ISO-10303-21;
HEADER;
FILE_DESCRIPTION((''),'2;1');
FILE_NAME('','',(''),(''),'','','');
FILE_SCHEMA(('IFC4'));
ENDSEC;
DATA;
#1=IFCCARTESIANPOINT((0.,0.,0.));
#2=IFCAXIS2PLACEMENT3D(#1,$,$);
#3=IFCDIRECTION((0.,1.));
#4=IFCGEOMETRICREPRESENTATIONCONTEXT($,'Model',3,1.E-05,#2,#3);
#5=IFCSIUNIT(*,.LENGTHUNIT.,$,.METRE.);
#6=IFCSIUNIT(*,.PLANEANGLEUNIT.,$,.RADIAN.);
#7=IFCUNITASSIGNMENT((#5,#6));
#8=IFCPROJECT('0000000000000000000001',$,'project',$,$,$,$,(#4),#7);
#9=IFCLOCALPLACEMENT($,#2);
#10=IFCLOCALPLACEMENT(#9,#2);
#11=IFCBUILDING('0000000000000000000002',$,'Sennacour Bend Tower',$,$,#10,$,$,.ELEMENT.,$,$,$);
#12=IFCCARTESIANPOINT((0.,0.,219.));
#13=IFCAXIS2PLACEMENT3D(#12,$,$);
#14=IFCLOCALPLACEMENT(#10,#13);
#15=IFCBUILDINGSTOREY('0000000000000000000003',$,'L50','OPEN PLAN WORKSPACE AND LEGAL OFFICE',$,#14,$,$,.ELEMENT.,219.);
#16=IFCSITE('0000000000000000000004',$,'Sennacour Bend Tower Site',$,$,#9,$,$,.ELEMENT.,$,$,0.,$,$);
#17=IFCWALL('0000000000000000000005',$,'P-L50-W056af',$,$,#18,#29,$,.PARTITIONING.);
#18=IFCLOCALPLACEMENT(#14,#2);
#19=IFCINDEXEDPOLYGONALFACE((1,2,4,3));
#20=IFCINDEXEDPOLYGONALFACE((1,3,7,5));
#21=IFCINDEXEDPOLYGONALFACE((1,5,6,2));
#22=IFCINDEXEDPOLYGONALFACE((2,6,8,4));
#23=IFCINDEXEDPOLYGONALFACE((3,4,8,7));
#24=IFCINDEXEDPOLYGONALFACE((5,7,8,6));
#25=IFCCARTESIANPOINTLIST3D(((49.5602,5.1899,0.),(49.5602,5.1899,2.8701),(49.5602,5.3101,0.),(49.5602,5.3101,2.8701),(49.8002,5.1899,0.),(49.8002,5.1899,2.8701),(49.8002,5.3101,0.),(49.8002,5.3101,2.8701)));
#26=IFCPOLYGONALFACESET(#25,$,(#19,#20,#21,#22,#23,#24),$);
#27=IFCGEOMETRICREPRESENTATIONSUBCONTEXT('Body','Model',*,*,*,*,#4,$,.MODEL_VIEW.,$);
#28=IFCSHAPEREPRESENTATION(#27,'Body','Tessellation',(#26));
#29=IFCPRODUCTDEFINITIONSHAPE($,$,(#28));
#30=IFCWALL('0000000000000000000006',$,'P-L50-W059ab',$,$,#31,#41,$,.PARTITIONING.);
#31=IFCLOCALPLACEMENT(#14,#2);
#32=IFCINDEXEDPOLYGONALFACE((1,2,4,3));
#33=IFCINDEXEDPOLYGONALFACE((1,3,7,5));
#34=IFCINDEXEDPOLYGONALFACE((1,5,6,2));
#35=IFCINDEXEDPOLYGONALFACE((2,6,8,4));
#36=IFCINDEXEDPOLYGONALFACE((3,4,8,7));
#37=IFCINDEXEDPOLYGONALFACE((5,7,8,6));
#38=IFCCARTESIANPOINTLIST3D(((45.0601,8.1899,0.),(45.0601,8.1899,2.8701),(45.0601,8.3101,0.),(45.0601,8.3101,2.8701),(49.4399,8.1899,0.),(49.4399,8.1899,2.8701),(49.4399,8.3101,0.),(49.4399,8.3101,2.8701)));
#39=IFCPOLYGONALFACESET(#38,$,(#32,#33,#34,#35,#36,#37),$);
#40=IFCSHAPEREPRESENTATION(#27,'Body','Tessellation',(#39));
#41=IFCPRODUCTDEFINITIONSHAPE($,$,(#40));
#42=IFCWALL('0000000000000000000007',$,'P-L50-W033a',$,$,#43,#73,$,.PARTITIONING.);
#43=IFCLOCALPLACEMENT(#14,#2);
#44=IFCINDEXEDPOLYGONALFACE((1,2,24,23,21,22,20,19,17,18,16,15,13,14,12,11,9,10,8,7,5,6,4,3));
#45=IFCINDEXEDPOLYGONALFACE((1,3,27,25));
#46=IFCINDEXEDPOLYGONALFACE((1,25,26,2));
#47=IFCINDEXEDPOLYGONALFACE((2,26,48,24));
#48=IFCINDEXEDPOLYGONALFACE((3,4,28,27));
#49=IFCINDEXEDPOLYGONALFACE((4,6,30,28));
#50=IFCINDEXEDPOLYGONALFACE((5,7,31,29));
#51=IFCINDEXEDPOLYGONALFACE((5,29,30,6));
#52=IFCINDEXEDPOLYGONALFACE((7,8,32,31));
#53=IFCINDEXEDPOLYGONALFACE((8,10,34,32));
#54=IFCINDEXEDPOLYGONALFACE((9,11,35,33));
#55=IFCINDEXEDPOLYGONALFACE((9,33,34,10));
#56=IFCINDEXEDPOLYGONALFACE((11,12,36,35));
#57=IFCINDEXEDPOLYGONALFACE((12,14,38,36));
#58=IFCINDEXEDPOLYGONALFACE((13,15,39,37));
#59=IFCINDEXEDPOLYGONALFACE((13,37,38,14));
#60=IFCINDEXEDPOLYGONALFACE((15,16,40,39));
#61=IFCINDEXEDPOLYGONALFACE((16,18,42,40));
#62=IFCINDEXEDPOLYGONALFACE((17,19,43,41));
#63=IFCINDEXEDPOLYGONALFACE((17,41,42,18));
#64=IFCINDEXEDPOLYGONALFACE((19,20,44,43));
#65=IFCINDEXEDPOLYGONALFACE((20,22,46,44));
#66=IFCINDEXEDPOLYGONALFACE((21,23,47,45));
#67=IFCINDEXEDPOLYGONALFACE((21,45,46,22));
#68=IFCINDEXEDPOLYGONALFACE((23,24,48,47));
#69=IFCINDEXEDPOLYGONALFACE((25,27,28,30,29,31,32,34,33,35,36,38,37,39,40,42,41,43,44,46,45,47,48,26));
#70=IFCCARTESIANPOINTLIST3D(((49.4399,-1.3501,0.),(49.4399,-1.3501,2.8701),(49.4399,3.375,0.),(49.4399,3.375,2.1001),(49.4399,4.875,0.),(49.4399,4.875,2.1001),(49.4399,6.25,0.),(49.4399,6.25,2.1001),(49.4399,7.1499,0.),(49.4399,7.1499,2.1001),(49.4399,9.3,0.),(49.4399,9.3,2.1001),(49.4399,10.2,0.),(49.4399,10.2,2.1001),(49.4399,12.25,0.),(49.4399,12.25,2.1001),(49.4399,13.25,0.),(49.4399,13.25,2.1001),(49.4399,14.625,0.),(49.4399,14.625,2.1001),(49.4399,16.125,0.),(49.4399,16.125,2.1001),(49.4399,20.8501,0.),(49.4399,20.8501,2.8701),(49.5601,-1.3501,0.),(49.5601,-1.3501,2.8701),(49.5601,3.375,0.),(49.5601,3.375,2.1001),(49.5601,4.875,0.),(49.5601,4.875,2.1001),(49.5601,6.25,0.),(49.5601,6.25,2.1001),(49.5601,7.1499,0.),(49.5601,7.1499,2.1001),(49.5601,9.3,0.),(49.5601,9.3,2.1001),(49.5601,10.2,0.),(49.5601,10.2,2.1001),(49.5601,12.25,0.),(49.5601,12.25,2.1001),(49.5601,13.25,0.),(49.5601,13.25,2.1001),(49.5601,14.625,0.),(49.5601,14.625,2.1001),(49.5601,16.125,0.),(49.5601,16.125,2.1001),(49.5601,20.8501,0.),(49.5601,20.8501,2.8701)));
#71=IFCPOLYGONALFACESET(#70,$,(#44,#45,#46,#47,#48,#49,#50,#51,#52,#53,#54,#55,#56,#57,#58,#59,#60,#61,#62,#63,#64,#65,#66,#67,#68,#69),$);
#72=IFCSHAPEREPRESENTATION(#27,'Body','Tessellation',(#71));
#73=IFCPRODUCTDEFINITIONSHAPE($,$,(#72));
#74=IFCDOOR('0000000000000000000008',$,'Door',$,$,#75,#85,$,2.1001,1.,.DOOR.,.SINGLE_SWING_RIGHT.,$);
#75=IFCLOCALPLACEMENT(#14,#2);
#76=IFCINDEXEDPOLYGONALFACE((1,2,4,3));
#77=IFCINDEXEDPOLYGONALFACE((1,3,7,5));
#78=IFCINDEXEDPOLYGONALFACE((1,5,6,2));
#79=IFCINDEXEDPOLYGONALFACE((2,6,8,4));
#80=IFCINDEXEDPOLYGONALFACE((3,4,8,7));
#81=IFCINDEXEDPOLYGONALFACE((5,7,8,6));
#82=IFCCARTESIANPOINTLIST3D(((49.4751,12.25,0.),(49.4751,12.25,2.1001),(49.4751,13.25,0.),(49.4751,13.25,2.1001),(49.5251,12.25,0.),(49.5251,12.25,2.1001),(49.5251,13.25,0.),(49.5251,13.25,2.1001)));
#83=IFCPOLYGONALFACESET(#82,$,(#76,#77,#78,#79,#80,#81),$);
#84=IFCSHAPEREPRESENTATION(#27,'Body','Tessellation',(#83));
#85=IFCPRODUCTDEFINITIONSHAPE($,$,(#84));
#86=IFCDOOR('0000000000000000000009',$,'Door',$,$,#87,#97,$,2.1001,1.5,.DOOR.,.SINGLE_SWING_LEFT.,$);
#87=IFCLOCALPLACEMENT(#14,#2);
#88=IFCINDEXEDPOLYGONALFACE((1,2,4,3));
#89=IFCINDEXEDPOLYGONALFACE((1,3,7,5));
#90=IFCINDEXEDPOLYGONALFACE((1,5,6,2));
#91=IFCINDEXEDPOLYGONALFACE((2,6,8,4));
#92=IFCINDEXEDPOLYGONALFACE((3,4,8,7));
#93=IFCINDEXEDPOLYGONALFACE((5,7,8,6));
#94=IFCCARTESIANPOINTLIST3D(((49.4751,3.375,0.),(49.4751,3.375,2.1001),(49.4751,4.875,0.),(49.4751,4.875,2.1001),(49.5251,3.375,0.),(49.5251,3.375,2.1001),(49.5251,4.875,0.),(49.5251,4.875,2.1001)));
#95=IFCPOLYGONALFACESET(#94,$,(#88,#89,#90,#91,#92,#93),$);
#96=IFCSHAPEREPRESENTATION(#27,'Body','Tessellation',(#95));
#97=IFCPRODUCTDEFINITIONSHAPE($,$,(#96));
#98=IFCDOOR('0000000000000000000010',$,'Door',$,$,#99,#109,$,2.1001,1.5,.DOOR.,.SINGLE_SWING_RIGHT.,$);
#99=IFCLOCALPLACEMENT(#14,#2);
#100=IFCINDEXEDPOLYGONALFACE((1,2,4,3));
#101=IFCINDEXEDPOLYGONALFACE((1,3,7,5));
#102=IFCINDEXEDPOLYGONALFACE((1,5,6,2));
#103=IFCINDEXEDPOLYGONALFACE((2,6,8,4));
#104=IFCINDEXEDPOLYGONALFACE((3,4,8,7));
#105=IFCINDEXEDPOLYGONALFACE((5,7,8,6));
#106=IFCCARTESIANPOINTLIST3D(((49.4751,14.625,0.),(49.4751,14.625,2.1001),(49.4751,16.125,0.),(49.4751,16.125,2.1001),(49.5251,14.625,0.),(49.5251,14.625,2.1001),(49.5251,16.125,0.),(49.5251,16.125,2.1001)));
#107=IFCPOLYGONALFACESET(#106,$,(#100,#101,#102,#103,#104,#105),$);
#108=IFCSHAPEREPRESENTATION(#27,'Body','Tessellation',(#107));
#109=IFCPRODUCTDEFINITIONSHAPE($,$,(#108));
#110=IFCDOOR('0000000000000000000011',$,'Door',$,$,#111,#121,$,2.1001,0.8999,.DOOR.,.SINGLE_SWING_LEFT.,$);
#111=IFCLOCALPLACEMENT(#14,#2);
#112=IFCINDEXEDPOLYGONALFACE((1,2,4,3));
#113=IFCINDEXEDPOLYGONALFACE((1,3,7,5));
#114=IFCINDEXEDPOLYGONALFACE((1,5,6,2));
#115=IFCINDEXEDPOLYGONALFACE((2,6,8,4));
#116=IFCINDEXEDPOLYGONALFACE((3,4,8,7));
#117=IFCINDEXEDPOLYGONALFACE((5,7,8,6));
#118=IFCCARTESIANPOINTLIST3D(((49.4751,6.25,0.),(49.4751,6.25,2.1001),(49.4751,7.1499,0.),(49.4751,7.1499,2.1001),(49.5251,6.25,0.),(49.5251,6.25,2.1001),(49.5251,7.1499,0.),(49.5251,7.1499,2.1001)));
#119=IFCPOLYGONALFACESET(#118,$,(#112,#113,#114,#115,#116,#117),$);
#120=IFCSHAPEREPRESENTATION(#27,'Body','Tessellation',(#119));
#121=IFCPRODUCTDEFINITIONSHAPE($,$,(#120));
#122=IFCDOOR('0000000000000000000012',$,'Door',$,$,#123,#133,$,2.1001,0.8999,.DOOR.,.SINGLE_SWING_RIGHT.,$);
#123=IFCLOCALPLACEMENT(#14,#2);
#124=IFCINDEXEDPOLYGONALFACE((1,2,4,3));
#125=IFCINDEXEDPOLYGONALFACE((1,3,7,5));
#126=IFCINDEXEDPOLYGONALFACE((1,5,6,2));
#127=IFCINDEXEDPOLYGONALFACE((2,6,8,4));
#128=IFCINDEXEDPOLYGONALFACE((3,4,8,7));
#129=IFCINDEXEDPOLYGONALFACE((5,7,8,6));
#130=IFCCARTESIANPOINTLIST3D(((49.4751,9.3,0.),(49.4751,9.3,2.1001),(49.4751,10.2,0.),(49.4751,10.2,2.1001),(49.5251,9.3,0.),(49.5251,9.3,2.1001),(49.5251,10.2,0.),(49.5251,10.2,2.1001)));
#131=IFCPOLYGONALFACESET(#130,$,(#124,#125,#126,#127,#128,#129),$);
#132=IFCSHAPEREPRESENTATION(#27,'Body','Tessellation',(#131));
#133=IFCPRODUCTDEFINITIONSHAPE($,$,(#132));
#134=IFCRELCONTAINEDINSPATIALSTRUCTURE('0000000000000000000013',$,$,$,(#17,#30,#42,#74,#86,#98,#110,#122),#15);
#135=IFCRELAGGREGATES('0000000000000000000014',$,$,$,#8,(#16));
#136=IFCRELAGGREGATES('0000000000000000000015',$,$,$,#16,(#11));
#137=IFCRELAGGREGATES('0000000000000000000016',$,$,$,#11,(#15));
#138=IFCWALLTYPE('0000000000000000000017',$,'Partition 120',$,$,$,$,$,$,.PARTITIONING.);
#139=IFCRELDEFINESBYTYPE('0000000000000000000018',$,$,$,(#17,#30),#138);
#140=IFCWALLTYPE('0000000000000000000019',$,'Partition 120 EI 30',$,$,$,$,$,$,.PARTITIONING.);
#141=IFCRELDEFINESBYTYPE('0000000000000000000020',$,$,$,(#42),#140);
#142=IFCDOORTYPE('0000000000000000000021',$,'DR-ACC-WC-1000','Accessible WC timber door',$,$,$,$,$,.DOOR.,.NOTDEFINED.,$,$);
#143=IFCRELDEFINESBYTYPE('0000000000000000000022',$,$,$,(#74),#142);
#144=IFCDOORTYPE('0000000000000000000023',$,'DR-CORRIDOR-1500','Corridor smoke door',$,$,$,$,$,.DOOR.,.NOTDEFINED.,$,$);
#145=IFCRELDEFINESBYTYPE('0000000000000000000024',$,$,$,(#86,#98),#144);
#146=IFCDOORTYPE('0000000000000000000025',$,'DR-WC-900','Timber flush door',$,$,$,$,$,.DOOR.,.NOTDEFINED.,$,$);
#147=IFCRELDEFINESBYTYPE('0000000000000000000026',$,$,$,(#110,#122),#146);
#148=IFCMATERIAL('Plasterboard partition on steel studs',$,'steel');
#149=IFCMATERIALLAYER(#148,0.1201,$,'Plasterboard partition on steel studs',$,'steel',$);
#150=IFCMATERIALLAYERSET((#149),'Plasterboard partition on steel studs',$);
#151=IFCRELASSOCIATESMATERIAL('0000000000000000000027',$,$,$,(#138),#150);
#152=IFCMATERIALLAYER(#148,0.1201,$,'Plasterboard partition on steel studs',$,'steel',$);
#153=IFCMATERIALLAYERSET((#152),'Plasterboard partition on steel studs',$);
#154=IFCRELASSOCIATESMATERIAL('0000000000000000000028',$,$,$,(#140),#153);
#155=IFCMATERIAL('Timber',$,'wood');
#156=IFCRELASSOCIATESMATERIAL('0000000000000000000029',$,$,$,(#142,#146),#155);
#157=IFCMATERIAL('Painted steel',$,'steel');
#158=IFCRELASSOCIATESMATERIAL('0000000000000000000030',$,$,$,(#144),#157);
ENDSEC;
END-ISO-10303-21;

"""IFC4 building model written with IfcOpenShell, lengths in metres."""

from ifc_helpers import new_model, si_unit, direction, frame, frame_2d, origin, place, context, subcontext, project, spatial, rectangle, extrude, material, layer, layer_set, type_object, element, fill, save


model = new_model("IFC4")

# Units and contexts
model_context = context("Model", 3, precision=1e-05, world=origin(), true_north=direction((0.0, 1.0)))
body_context = subcontext(model_context, "Body", "Model", "MODEL_VIEW")
ifc_project = project(units=[si_unit("LENGTHUNIT", "METRE"), si_unit("PLANEANGLEUNIT", "RADIAN")], contexts=[model_context])

# Site, building, storey
site_placement = place(None, origin())
site = spatial("IfcSite", under=ifc_project, at=site_placement, Name="Sennacour Bend Tower Site", CompositionType="ELEMENT", RefElevation=0.0)
building_placement = place(site_placement, origin())
building = spatial("IfcBuilding", under=site, at=building_placement, Name="Sennacour Bend Tower", CompositionType="ELEMENT")
storey_placement = place(building_placement, frame((0.0, 0.0, 219.0)))
storey = spatial("IfcBuildingStorey", under=building, at=storey_placement, Name="L50", Description="OPEN PLAN WORKSPACE AND LEGAL OFFICE", CompositionType="ELEMENT", Elevation=219.0)

# Walls
ifc_material_1 = material(Name="Plasterboard partition on steel studs", Category="steel")
ifc_layer_1 = layer(ifc_material_1, 0.1201, Name="Plasterboard partition on steel studs", Category="steel")
ifc_layer_set_1 = layer_set([ifc_layer_1], Name="Plasterboard partition on steel studs")
wall_type_1 = type_object("IfcWallType", Name="Partition 120", PredefinedType="PARTITIONING", material=ifc_layer_set_1)
wall_1_placement = place(storey_placement, frame((49.5601, 5.25, 0.0), z_axis=(0.0, 0.0, 1.0), x_axis=(1.0, 0.0, 0.0)))
element("IfcWall", 1, at=wall_1_placement, inside=storey, type_object=wall_type_1, Name="P-L50-W056af", PredefinedType="PARTITIONING", context=body_context, shape_type="SweptSolid", body=[
    extrude(rectangle(XDim=0.24, YDim=0.1201, at=frame_2d((0.1201, 0.0))), origin(), (0.0, 0.0, 1.0), 2.8701),
])
wall_2_placement = place(storey_placement, frame((45.0601, 8.25, 0.0), z_axis=(0.0, 0.0, 1.0), x_axis=(1.0, 0.0, 0.0)))
element("IfcWall", 2, at=wall_2_placement, inside=storey, type_object=wall_type_1, Name="P-L50-W059ab", PredefinedType="PARTITIONING", context=body_context, shape_type="SweptSolid", body=[
    extrude(rectangle(XDim=4.3799, YDim=0.1201, at=frame_2d((2.1899, 0.0))), origin(), (0.0, 0.0, 1.0), 2.8701),
])

# Wall, openings, doors
ifc_layer_2 = layer(ifc_material_1, 0.1201, Name="Plasterboard partition on steel studs", Category="steel")
ifc_layer_set_2 = layer_set([ifc_layer_2], Name="Plasterboard partition on steel studs")
wall_type_2 = type_object("IfcWallType", Name="Partition 120 EI 30", PredefinedType="PARTITIONING", material=ifc_layer_set_2)
wall_3_placement = place(storey_placement, frame((49.5, -1.3501, 0.0), z_axis=(0.0, 0.0, 1.0), x_axis=(0.0, 1.0, 0.0)))
wall_3 = element("IfcWall", 3, at=wall_3_placement, inside=storey, type_object=wall_type_2, Name="P-L50-W033a", PredefinedType="PARTITIONING", context=body_context, shape_type="SweptSolid", body=[
    extrude(rectangle(XDim=22.2002, YDim=0.1201, at=frame_2d((11.1001, 0.0))), origin(), (0.0, 0.0, 1.0), 2.8701),
])
opening_1_placement = place(wall_3_placement, frame((4.7251, 0.0, 0.0)))
opening_1 = element("IfcOpeningElement", 4, at=opening_1_placement, cuts=wall_3, PredefinedType="OPENING", context=body_context, shape_type="SweptSolid", body=[
    extrude(rectangle(XDim=1.5, YDim=2.1001, at=frame_2d((0.75, 1.05))), frame((0.0, 0.0701, 0.0), z_axis=(0.0, -1.0, 0.0), x_axis=(1.0, 0.0, 0.0)), (0.0, 0.0, 1.0), 0.1401),
])
opening_2_placement = place(wall_3_placement, frame((15.9751, 0.0, 0.0)))
opening_2 = element("IfcOpeningElement", 5, at=opening_2_placement, cuts=wall_3, PredefinedType="OPENING", context=body_context, shape_type="SweptSolid", body=[
    extrude(rectangle(XDim=1.5, YDim=2.1001, at=frame_2d((0.75, 1.05))), frame((0.0, 0.0701, 0.0), z_axis=(0.0, -1.0, 0.0), x_axis=(1.0, 0.0, 0.0)), (0.0, 0.0, 1.0), 0.1401),
])
opening_3_placement = place(wall_3_placement, frame((7.6001, 0.0, 0.0)))
opening_3 = element("IfcOpeningElement", 6, at=opening_3_placement, cuts=wall_3, PredefinedType="OPENING", context=body_context, shape_type="SweptSolid", body=[
    extrude(rectangle(XDim=0.8999, YDim=2.1001, at=frame_2d((0.45, 1.05))), frame((0.0, 0.0701, 0.0), z_axis=(0.0, -1.0, 0.0), x_axis=(1.0, 0.0, 0.0)), (0.0, 0.0, 1.0), 0.1401),
])
opening_4_placement = place(wall_3_placement, frame((10.6501, 0.0, 0.0)))
opening_4 = element("IfcOpeningElement", 7, at=opening_4_placement, cuts=wall_3, PredefinedType="OPENING", context=body_context, shape_type="SweptSolid", body=[
    extrude(rectangle(XDim=0.8999, YDim=2.1001, at=frame_2d((0.45, 1.05))), frame((0.0, 0.0701, 0.0), z_axis=(0.0, -1.0, 0.0), x_axis=(1.0, 0.0, 0.0)), (0.0, 0.0, 1.0), 0.1401),
])
opening_5_placement = place(wall_3_placement, frame((13.6001, 0.0, 0.0)))
opening_5 = element("IfcOpeningElement", 8, at=opening_5_placement, cuts=wall_3, PredefinedType="OPENING", context=body_context, shape_type="SweptSolid", body=[
    extrude(rectangle(XDim=1.0, YDim=2.1001, at=frame_2d((0.5, 1.05))), frame((0.0, 0.0701, 0.0), z_axis=(0.0, -1.0, 0.0), x_axis=(1.0, 0.0, 0.0)), (0.0, 0.0, 1.0), 0.1401),
])
ifc_material_2 = material(Name="Timber", Category="wood")
door_type_1 = type_object("IfcDoorType", Name="DR-ACC-WC-1000", Description="Accessible WC timber door", OperationType="NOTDEFINED", PredefinedType="DOOR", material=ifc_material_2)
door_1_placement = place(opening_5_placement, origin())
door_1 = element("IfcDoor", 9, at=door_1_placement, inside=storey, type_object=door_type_1, Name="Door", OperationType="SINGLE_SWING_RIGHT", OverallHeight=2.1001, OverallWidth=1.0, PredefinedType="DOOR", context=body_context, shape_type="SweptSolid", body=[
    extrude(rectangle(XDim=1.0, YDim=2.1001, at=frame_2d((0.5, 1.05))), frame((0.0, 0.0249, 0.0), z_axis=(0.0, -1.0, 0.0), x_axis=(1.0, 0.0, 0.0)), (0.0, 0.0, 1.0), 0.05),
])
fill(opening_5, door_1)
ifc_material_3 = material(Name="Painted steel", Category="steel")
door_type_2 = type_object("IfcDoorType", Name="DR-CORRIDOR-1500", Description="Corridor smoke door", OperationType="NOTDEFINED", PredefinedType="DOOR", material=ifc_material_3)
door_2_placement = place(opening_1_placement, origin())
door_2 = element("IfcDoor", 10, at=door_2_placement, inside=storey, type_object=door_type_2, Name="Door", OperationType="SINGLE_SWING_LEFT", OverallHeight=2.1001, OverallWidth=1.5, PredefinedType="DOOR", context=body_context, shape_type="SweptSolid", body=[
    extrude(rectangle(XDim=1.5, YDim=2.1001, at=frame_2d((0.75, 1.05))), frame((0.0, 0.0249, 0.0), z_axis=(0.0, -1.0, 0.0), x_axis=(1.0, 0.0, 0.0)), (0.0, 0.0, 1.0), 0.05),
])
fill(opening_1, door_2)
door_3_placement = place(opening_2_placement, origin())
door_3 = element("IfcDoor", 11, at=door_3_placement, inside=storey, type_object=door_type_2, Name="Door", OperationType="SINGLE_SWING_RIGHT", OverallHeight=2.1001, OverallWidth=1.5, PredefinedType="DOOR", context=body_context, shape_type="SweptSolid", body=[
    extrude(rectangle(XDim=1.5, YDim=2.1001, at=frame_2d((0.75, 1.05))), frame((0.0, 0.0249, 0.0), z_axis=(0.0, -1.0, 0.0), x_axis=(1.0, 0.0, 0.0)), (0.0, 0.0, 1.0), 0.05),
])
fill(opening_2, door_3)
door_type_3 = type_object("IfcDoorType", Name="DR-WC-900", Description="Timber flush door", OperationType="NOTDEFINED", PredefinedType="DOOR", material=ifc_material_2)
door_4_placement = place(opening_3_placement, origin())
door_4 = element("IfcDoor", 12, at=door_4_placement, inside=storey, type_object=door_type_3, Name="Door", OperationType="SINGLE_SWING_LEFT", OverallHeight=2.1001, OverallWidth=0.8999, PredefinedType="DOOR", context=body_context, shape_type="SweptSolid", body=[
    extrude(rectangle(XDim=0.8999, YDim=2.1001, at=frame_2d((0.45, 1.05))), frame((0.0, 0.0249, 0.0), z_axis=(0.0, -1.0, 0.0), x_axis=(1.0, 0.0, 0.0)), (0.0, 0.0, 1.0), 0.05),
])
fill(opening_3, door_4)
door_5_placement = place(opening_4_placement, origin())
door_5 = element("IfcDoor", 13, at=door_5_placement, inside=storey, type_object=door_type_3, Name="Door", OperationType="SINGLE_SWING_RIGHT", OverallHeight=2.1001, OverallWidth=0.8999, PredefinedType="DOOR", context=body_context, shape_type="SweptSolid", body=[
    extrude(rectangle(XDim=0.8999, YDim=2.1001, at=frame_2d((0.45, 1.05))), frame((0.0, 0.0249, 0.0), z_axis=(0.0, -1.0, 0.0), x_axis=(1.0, 0.0, 0.0)), (0.0, 0.0, 1.0), 0.05),
])
fill(opening_4, door_5)

save(model, "model.ifc")
